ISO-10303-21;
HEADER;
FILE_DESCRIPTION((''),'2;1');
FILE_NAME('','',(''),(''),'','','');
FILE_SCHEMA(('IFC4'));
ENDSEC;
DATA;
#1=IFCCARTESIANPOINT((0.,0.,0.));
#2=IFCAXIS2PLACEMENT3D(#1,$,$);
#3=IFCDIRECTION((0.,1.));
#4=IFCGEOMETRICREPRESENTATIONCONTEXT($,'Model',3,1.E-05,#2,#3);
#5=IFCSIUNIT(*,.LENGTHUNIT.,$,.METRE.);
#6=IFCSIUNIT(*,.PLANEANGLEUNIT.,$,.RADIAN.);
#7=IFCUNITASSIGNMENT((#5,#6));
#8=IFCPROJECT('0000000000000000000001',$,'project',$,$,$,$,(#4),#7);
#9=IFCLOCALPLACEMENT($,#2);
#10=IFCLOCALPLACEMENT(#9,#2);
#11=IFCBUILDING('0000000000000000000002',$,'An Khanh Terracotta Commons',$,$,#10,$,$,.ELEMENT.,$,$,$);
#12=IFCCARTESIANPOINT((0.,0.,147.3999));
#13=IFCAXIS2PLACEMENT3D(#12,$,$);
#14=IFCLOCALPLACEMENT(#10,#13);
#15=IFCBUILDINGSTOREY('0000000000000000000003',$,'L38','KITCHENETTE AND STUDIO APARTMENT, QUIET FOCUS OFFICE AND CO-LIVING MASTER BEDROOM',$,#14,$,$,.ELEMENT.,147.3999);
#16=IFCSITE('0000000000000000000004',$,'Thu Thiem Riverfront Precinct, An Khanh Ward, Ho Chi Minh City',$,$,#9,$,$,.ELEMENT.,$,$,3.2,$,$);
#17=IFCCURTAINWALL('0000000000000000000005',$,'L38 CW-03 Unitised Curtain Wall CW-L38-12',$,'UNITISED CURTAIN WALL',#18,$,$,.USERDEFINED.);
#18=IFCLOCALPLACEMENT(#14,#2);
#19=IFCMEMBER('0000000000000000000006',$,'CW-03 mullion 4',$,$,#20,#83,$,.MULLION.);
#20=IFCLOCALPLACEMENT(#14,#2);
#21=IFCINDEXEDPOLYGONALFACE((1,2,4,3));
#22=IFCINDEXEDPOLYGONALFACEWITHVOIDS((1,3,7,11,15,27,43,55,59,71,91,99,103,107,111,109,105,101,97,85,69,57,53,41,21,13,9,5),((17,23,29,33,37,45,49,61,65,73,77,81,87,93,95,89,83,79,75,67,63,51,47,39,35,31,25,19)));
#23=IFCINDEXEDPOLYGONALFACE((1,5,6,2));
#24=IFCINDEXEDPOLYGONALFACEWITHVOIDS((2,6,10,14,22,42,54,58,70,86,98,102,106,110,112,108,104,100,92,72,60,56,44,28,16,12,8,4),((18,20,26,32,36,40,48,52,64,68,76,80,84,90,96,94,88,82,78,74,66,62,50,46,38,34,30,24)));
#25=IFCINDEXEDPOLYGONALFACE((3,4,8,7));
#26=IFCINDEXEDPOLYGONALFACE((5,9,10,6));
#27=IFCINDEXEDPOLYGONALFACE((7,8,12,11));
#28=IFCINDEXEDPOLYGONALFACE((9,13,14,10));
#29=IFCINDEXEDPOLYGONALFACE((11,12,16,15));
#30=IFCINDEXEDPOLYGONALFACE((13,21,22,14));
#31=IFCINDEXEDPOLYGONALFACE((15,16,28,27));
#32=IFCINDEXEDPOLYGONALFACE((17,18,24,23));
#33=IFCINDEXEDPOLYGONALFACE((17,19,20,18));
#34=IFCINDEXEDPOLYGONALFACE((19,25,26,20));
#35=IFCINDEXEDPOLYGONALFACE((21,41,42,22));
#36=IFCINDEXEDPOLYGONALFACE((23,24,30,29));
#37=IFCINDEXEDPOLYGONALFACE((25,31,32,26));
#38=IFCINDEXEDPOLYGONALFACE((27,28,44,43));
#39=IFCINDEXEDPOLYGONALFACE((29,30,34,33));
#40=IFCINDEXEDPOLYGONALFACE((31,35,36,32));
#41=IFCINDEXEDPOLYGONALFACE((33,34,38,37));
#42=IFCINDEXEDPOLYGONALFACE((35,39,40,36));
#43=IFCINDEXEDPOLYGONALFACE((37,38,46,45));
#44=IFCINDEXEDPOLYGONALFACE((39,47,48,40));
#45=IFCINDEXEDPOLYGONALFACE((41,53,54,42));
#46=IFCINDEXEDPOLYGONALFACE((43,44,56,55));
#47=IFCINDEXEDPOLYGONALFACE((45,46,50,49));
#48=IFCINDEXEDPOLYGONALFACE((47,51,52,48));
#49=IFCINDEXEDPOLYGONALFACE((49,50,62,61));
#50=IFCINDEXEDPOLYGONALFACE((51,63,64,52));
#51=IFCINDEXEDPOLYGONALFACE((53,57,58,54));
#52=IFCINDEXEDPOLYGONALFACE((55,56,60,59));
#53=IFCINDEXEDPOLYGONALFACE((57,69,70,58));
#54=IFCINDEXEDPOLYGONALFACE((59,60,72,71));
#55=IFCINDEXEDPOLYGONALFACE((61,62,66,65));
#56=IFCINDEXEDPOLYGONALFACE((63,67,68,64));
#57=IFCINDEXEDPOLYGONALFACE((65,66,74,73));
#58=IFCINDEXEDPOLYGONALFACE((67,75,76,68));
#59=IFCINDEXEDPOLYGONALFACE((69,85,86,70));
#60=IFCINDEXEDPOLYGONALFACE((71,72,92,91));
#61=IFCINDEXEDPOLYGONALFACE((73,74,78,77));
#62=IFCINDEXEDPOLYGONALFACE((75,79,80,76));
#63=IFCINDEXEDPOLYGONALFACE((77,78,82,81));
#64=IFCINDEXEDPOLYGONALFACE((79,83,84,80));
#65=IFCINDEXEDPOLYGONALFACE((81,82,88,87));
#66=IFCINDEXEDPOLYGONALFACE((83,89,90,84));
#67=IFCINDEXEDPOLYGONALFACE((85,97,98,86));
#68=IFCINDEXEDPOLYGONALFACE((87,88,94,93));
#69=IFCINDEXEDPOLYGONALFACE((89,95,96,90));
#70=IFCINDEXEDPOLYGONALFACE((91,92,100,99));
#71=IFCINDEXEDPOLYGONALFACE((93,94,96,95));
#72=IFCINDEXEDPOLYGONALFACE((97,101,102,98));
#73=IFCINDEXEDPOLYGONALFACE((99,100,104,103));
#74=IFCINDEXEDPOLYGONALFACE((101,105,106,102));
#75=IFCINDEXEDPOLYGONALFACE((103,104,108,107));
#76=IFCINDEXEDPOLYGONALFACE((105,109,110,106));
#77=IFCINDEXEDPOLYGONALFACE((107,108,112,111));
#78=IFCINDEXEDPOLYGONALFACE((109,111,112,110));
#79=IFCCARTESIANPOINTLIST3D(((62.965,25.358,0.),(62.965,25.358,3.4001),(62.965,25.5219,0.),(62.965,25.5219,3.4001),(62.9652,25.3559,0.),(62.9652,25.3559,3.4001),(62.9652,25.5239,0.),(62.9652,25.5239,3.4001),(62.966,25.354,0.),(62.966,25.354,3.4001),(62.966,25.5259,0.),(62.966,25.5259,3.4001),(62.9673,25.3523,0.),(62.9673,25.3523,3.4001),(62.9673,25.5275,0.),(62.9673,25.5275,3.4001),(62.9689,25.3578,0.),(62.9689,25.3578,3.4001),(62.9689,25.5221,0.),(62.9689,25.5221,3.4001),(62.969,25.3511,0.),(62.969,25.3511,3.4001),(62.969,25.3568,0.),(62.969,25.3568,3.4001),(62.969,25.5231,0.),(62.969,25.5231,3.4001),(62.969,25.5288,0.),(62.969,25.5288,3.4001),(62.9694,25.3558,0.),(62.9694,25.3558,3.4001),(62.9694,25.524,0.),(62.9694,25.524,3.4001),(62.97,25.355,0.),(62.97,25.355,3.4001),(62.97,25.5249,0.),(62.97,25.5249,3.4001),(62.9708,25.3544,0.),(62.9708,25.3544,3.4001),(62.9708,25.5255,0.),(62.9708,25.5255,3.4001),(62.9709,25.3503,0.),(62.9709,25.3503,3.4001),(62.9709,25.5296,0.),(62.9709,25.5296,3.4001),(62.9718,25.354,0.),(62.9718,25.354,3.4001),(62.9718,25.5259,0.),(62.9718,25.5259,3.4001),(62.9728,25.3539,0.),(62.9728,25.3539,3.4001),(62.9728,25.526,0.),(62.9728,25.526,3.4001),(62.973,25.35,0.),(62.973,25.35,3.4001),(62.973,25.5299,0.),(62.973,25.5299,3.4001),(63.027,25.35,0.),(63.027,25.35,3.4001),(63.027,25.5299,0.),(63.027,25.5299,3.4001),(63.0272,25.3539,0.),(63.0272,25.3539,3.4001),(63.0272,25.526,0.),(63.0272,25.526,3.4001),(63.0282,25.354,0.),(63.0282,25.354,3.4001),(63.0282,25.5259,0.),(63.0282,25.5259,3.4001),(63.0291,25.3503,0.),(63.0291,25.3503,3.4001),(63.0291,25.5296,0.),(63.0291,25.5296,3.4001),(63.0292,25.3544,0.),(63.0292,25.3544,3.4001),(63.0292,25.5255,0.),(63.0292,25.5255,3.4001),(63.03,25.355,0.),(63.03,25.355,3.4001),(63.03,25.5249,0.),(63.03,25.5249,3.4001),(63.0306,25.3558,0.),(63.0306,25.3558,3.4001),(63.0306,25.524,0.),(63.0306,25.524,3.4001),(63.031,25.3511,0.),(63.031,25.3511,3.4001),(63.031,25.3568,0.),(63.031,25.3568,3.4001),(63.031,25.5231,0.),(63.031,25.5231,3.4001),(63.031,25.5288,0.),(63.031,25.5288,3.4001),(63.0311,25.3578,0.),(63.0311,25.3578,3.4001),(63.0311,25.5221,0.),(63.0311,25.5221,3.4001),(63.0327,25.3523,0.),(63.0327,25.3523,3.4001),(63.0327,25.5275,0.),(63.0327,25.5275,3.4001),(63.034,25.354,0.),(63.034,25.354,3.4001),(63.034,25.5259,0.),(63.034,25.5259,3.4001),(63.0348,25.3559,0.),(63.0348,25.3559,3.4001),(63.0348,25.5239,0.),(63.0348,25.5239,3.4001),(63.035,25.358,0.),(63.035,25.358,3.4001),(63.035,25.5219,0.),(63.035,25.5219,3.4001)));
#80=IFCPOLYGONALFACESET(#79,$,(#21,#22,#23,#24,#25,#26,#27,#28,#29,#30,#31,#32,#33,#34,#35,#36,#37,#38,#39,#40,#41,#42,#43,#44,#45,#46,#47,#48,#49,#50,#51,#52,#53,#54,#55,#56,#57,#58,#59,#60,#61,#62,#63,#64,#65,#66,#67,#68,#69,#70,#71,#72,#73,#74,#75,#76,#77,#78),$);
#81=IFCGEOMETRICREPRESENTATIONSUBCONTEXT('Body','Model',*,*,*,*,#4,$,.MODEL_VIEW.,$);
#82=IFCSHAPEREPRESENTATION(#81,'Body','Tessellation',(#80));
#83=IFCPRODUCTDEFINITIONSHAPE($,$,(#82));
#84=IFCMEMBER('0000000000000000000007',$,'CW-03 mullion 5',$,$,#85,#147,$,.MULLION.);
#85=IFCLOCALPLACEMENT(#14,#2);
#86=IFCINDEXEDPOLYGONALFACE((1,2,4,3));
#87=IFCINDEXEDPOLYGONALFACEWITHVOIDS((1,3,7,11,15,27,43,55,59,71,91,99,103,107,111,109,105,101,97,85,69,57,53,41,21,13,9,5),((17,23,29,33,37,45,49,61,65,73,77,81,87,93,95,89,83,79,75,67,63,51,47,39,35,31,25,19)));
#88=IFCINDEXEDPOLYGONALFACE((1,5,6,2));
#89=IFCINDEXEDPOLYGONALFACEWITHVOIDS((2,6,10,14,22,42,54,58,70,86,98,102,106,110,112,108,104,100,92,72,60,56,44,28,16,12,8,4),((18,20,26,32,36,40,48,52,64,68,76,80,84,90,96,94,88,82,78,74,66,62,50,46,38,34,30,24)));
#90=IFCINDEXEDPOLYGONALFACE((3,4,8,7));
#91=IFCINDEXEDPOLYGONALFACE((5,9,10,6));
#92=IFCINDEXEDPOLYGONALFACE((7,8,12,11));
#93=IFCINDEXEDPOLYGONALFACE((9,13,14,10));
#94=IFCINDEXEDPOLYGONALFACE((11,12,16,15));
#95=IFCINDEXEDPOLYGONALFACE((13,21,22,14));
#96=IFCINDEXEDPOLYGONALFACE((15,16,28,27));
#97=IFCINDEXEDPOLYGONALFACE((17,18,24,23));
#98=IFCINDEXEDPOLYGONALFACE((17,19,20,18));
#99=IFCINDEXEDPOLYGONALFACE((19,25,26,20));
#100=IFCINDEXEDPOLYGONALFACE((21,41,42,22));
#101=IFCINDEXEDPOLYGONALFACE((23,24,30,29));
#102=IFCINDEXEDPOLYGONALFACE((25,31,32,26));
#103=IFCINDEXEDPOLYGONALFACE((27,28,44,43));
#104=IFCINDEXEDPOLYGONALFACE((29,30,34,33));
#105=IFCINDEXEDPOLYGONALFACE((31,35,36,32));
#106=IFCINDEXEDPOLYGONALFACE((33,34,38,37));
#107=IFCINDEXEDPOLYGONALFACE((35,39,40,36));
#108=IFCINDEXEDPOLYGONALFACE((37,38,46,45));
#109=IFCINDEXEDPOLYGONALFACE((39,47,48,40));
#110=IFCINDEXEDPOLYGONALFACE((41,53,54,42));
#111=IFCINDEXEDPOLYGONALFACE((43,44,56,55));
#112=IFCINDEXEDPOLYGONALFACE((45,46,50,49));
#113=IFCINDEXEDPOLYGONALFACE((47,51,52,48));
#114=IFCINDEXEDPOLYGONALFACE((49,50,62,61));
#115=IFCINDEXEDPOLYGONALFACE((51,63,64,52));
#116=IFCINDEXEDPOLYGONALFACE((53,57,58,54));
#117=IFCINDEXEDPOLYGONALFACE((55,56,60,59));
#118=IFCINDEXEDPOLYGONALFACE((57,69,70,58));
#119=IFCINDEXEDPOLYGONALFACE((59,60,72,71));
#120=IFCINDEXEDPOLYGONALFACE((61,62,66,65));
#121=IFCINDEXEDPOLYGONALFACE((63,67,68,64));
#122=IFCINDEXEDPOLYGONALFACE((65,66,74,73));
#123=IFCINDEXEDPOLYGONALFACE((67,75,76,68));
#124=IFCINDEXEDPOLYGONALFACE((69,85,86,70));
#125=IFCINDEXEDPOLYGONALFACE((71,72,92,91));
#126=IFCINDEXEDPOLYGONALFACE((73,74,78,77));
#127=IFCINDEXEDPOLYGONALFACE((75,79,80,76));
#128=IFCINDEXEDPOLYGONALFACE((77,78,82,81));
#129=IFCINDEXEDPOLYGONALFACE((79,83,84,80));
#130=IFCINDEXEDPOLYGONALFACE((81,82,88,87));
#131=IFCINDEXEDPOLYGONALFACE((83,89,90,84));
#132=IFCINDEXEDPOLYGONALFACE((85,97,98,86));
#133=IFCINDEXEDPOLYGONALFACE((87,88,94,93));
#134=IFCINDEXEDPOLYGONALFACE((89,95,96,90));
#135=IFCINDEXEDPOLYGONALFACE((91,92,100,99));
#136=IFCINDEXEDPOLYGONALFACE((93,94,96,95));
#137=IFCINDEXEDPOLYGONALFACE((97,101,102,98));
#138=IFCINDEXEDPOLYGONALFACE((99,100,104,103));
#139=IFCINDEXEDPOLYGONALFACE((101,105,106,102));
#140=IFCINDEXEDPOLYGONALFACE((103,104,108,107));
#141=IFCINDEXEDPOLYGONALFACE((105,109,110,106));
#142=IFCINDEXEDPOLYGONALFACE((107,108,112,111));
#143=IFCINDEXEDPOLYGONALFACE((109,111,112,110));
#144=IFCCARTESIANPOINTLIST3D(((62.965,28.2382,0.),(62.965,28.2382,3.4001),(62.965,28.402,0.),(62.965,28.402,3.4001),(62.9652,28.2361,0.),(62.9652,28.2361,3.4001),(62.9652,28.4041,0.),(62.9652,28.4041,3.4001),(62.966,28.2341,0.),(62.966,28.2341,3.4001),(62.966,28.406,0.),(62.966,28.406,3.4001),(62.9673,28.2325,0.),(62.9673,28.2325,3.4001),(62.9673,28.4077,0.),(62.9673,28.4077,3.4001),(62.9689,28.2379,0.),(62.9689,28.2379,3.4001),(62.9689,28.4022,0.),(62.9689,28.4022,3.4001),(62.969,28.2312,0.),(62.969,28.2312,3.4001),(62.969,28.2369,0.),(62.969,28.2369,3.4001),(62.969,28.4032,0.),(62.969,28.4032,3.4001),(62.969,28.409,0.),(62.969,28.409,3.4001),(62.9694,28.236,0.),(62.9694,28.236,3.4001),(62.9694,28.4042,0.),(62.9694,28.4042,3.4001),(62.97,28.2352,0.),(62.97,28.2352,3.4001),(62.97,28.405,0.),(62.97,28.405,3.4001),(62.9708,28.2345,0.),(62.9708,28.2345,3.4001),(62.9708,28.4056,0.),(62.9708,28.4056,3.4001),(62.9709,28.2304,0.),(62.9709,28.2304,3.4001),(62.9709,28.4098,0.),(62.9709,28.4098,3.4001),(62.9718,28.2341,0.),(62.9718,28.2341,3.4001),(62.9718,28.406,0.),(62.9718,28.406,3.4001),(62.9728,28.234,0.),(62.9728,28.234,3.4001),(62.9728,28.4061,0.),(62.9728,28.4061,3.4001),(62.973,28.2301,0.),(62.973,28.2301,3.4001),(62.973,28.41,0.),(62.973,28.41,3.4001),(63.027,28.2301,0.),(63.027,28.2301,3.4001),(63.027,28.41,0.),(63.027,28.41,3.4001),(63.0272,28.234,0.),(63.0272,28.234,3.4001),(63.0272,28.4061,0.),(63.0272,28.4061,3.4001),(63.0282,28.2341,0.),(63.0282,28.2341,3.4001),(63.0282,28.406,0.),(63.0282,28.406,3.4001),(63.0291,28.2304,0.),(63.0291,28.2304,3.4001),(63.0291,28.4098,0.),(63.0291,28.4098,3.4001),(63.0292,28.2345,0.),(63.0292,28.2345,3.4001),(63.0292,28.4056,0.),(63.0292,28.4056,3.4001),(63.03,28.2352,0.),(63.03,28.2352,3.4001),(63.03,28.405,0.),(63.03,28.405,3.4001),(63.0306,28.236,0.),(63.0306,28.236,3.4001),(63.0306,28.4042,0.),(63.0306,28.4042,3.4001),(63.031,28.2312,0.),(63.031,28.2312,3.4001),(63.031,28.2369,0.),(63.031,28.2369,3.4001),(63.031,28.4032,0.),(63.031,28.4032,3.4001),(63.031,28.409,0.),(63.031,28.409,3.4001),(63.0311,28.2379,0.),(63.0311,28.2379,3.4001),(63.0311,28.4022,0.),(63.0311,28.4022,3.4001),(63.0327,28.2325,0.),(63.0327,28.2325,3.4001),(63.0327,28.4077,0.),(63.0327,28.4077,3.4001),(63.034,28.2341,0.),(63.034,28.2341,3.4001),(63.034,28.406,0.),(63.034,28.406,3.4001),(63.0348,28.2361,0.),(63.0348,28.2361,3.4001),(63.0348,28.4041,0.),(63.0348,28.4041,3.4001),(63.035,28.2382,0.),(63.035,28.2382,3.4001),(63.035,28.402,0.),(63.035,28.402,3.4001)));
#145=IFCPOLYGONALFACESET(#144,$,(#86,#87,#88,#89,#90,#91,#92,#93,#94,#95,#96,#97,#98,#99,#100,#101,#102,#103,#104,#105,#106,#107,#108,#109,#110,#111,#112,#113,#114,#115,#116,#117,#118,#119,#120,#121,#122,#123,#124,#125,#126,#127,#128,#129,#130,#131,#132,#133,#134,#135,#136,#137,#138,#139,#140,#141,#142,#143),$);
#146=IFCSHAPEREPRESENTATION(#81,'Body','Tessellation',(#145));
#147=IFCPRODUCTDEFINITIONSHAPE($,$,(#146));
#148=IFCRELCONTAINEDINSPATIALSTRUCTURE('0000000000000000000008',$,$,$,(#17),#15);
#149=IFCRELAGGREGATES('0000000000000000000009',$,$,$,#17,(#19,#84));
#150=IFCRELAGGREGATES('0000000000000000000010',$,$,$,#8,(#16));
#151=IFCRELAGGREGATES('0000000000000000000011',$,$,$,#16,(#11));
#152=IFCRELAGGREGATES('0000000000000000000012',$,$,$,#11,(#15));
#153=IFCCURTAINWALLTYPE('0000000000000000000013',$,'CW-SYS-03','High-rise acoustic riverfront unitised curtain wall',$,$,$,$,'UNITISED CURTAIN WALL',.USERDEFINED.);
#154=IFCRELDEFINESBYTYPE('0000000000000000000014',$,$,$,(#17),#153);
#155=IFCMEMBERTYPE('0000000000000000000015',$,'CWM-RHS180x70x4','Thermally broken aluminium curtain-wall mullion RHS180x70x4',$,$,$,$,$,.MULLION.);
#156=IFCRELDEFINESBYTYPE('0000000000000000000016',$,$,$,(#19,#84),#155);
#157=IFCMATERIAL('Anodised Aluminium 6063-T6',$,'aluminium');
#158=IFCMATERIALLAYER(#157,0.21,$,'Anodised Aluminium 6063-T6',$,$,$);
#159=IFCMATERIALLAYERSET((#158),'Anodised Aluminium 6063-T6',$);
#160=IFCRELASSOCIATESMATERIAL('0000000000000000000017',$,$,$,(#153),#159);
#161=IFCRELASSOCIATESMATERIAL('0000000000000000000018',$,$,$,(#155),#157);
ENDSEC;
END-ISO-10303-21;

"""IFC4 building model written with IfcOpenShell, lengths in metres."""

from ifc_helpers import new_model, si_unit, direction, frame, origin, origin_2d, place, context, subcontext, project, spatial, hollow_rectangle, extrude, material, layer, layer_set, material_profile, profile_set, type_object, element, aggregate, save


model = new_model("IFC4")

# Units and contexts
model_context = context("Model", 3, precision=1e-05, world=origin(), true_north=direction((0.0, 1.0)))
body_context = subcontext(model_context, "Body", "Model", "MODEL_VIEW")
ifc_project = project(units=[si_unit("LENGTHUNIT", "METRE"), si_unit("PLANEANGLEUNIT", "RADIAN")], contexts=[model_context])

# Site, building, storey
site_placement = place(None, origin())
site = spatial("IfcSite", under=ifc_project, at=site_placement, Name="Thu Thiem Riverfront Precinct, An Khanh Ward, Ho Chi Minh City", CompositionType="ELEMENT", RefElevation=3.2)
building_placement = place(site_placement, origin())
building = spatial("IfcBuilding", under=site, at=building_placement, Name="An Khanh Terracotta Commons", CompositionType="ELEMENT")
storey_placement = place(building_placement, frame((0.0, 0.0, 147.3999)))
storey = spatial("IfcBuildingStorey", under=building, at=storey_placement, Name="L38", Description="KITCHENETTE AND STUDIO APARTMENT, QUIET FOCUS OFFICE AND CO-LIVING MASTER BEDROOM", CompositionType="ELEMENT", Elevation=147.3999)

# Curtain wall, members
ifc_material_1 = material(Name="Anodised Aluminium 6063-T6", Category="aluminium")
ifc_layer_1 = layer(ifc_material_1, 0.21, Name="Anodised Aluminium 6063-T6")
ifc_layer_set_1 = layer_set([ifc_layer_1], Name="Anodised Aluminium 6063-T6")
curtain_wall_type = type_object("IfcCurtainWallType", Name="CW-SYS-03", Description="High-rise acoustic riverfront unitised curtain wall", ElementType="UNITISED CURTAIN WALL", PredefinedType="USERDEFINED", material=ifc_layer_set_1)
curtain_wall_1_placement = place(storey_placement, origin())
curtain_wall_1 = element("IfcCurtainWall", 1, at=curtain_wall_1_placement, inside=storey, type_object=curtain_wall_type, Name="L38 CW-03 Unitised Curtain Wall CW-L38-12", ObjectType="UNITISED CURTAIN WALL", PredefinedType="USERDEFINED")
ifc_material_profile_1 = material_profile(ifc_material_1, hollow_rectangle(XDim=0.0701, YDim=0.1799, WallThickness=0.0039, InnerFilletRadius=0.0039, OuterFilletRadius=0.0081, at=origin_2d()), Name="RHS180x70x4")
ifc_profile_set_1 = profile_set([ifc_material_profile_1], Name="Anodised Aluminium 6063-T6")
member_type_1 = type_object("IfcMemberType", Name="CWM-RHS180x70x4", Description="Thermally broken aluminium curtain-wall mullion RHS180x70x4", PredefinedType="MULLION", material=ifc_profile_set_1)
member_1_placement = place(storey_placement, frame((63.0, 25.4399, 0.0), z_axis=(0.0, 0.0, 1.0), x_axis=(-1.0, 0.0, 0.0)))
member_1 = element("IfcMember", 2, at=member_1_placement, type_object=member_type_1, Name="CW-03 mullion 4", PredefinedType="MULLION", context=body_context, shape_type="SweptSolid", body=[
    extrude(hollow_rectangle(XDim=0.0701, YDim=0.1799, WallThickness=0.0039, InnerFilletRadius=0.0039, OuterFilletRadius=0.0081, at=origin_2d()), origin(), (0.0, 0.0, 1.0), 3.4001),
])
member_2_placement = place(storey_placement, frame((63.0, 28.3201, 0.0), z_axis=(0.0, 0.0, 1.0), x_axis=(-1.0, 0.0, 0.0)))
member_2 = element("IfcMember", 3, at=member_2_placement, type_object=member_type_1, Name="CW-03 mullion 5", PredefinedType="MULLION", context=body_context, shape_type="SweptSolid", body=[
    extrude(hollow_rectangle(XDim=0.0701, YDim=0.1799, WallThickness=0.0039, InnerFilletRadius=0.0039, OuterFilletRadius=0.0081, at=origin_2d()), origin(), (0.0, 0.0, 1.0), 3.4001),
])

aggregate(curtain_wall_1, [member_1, member_2])

save(model, "model.ifc")
